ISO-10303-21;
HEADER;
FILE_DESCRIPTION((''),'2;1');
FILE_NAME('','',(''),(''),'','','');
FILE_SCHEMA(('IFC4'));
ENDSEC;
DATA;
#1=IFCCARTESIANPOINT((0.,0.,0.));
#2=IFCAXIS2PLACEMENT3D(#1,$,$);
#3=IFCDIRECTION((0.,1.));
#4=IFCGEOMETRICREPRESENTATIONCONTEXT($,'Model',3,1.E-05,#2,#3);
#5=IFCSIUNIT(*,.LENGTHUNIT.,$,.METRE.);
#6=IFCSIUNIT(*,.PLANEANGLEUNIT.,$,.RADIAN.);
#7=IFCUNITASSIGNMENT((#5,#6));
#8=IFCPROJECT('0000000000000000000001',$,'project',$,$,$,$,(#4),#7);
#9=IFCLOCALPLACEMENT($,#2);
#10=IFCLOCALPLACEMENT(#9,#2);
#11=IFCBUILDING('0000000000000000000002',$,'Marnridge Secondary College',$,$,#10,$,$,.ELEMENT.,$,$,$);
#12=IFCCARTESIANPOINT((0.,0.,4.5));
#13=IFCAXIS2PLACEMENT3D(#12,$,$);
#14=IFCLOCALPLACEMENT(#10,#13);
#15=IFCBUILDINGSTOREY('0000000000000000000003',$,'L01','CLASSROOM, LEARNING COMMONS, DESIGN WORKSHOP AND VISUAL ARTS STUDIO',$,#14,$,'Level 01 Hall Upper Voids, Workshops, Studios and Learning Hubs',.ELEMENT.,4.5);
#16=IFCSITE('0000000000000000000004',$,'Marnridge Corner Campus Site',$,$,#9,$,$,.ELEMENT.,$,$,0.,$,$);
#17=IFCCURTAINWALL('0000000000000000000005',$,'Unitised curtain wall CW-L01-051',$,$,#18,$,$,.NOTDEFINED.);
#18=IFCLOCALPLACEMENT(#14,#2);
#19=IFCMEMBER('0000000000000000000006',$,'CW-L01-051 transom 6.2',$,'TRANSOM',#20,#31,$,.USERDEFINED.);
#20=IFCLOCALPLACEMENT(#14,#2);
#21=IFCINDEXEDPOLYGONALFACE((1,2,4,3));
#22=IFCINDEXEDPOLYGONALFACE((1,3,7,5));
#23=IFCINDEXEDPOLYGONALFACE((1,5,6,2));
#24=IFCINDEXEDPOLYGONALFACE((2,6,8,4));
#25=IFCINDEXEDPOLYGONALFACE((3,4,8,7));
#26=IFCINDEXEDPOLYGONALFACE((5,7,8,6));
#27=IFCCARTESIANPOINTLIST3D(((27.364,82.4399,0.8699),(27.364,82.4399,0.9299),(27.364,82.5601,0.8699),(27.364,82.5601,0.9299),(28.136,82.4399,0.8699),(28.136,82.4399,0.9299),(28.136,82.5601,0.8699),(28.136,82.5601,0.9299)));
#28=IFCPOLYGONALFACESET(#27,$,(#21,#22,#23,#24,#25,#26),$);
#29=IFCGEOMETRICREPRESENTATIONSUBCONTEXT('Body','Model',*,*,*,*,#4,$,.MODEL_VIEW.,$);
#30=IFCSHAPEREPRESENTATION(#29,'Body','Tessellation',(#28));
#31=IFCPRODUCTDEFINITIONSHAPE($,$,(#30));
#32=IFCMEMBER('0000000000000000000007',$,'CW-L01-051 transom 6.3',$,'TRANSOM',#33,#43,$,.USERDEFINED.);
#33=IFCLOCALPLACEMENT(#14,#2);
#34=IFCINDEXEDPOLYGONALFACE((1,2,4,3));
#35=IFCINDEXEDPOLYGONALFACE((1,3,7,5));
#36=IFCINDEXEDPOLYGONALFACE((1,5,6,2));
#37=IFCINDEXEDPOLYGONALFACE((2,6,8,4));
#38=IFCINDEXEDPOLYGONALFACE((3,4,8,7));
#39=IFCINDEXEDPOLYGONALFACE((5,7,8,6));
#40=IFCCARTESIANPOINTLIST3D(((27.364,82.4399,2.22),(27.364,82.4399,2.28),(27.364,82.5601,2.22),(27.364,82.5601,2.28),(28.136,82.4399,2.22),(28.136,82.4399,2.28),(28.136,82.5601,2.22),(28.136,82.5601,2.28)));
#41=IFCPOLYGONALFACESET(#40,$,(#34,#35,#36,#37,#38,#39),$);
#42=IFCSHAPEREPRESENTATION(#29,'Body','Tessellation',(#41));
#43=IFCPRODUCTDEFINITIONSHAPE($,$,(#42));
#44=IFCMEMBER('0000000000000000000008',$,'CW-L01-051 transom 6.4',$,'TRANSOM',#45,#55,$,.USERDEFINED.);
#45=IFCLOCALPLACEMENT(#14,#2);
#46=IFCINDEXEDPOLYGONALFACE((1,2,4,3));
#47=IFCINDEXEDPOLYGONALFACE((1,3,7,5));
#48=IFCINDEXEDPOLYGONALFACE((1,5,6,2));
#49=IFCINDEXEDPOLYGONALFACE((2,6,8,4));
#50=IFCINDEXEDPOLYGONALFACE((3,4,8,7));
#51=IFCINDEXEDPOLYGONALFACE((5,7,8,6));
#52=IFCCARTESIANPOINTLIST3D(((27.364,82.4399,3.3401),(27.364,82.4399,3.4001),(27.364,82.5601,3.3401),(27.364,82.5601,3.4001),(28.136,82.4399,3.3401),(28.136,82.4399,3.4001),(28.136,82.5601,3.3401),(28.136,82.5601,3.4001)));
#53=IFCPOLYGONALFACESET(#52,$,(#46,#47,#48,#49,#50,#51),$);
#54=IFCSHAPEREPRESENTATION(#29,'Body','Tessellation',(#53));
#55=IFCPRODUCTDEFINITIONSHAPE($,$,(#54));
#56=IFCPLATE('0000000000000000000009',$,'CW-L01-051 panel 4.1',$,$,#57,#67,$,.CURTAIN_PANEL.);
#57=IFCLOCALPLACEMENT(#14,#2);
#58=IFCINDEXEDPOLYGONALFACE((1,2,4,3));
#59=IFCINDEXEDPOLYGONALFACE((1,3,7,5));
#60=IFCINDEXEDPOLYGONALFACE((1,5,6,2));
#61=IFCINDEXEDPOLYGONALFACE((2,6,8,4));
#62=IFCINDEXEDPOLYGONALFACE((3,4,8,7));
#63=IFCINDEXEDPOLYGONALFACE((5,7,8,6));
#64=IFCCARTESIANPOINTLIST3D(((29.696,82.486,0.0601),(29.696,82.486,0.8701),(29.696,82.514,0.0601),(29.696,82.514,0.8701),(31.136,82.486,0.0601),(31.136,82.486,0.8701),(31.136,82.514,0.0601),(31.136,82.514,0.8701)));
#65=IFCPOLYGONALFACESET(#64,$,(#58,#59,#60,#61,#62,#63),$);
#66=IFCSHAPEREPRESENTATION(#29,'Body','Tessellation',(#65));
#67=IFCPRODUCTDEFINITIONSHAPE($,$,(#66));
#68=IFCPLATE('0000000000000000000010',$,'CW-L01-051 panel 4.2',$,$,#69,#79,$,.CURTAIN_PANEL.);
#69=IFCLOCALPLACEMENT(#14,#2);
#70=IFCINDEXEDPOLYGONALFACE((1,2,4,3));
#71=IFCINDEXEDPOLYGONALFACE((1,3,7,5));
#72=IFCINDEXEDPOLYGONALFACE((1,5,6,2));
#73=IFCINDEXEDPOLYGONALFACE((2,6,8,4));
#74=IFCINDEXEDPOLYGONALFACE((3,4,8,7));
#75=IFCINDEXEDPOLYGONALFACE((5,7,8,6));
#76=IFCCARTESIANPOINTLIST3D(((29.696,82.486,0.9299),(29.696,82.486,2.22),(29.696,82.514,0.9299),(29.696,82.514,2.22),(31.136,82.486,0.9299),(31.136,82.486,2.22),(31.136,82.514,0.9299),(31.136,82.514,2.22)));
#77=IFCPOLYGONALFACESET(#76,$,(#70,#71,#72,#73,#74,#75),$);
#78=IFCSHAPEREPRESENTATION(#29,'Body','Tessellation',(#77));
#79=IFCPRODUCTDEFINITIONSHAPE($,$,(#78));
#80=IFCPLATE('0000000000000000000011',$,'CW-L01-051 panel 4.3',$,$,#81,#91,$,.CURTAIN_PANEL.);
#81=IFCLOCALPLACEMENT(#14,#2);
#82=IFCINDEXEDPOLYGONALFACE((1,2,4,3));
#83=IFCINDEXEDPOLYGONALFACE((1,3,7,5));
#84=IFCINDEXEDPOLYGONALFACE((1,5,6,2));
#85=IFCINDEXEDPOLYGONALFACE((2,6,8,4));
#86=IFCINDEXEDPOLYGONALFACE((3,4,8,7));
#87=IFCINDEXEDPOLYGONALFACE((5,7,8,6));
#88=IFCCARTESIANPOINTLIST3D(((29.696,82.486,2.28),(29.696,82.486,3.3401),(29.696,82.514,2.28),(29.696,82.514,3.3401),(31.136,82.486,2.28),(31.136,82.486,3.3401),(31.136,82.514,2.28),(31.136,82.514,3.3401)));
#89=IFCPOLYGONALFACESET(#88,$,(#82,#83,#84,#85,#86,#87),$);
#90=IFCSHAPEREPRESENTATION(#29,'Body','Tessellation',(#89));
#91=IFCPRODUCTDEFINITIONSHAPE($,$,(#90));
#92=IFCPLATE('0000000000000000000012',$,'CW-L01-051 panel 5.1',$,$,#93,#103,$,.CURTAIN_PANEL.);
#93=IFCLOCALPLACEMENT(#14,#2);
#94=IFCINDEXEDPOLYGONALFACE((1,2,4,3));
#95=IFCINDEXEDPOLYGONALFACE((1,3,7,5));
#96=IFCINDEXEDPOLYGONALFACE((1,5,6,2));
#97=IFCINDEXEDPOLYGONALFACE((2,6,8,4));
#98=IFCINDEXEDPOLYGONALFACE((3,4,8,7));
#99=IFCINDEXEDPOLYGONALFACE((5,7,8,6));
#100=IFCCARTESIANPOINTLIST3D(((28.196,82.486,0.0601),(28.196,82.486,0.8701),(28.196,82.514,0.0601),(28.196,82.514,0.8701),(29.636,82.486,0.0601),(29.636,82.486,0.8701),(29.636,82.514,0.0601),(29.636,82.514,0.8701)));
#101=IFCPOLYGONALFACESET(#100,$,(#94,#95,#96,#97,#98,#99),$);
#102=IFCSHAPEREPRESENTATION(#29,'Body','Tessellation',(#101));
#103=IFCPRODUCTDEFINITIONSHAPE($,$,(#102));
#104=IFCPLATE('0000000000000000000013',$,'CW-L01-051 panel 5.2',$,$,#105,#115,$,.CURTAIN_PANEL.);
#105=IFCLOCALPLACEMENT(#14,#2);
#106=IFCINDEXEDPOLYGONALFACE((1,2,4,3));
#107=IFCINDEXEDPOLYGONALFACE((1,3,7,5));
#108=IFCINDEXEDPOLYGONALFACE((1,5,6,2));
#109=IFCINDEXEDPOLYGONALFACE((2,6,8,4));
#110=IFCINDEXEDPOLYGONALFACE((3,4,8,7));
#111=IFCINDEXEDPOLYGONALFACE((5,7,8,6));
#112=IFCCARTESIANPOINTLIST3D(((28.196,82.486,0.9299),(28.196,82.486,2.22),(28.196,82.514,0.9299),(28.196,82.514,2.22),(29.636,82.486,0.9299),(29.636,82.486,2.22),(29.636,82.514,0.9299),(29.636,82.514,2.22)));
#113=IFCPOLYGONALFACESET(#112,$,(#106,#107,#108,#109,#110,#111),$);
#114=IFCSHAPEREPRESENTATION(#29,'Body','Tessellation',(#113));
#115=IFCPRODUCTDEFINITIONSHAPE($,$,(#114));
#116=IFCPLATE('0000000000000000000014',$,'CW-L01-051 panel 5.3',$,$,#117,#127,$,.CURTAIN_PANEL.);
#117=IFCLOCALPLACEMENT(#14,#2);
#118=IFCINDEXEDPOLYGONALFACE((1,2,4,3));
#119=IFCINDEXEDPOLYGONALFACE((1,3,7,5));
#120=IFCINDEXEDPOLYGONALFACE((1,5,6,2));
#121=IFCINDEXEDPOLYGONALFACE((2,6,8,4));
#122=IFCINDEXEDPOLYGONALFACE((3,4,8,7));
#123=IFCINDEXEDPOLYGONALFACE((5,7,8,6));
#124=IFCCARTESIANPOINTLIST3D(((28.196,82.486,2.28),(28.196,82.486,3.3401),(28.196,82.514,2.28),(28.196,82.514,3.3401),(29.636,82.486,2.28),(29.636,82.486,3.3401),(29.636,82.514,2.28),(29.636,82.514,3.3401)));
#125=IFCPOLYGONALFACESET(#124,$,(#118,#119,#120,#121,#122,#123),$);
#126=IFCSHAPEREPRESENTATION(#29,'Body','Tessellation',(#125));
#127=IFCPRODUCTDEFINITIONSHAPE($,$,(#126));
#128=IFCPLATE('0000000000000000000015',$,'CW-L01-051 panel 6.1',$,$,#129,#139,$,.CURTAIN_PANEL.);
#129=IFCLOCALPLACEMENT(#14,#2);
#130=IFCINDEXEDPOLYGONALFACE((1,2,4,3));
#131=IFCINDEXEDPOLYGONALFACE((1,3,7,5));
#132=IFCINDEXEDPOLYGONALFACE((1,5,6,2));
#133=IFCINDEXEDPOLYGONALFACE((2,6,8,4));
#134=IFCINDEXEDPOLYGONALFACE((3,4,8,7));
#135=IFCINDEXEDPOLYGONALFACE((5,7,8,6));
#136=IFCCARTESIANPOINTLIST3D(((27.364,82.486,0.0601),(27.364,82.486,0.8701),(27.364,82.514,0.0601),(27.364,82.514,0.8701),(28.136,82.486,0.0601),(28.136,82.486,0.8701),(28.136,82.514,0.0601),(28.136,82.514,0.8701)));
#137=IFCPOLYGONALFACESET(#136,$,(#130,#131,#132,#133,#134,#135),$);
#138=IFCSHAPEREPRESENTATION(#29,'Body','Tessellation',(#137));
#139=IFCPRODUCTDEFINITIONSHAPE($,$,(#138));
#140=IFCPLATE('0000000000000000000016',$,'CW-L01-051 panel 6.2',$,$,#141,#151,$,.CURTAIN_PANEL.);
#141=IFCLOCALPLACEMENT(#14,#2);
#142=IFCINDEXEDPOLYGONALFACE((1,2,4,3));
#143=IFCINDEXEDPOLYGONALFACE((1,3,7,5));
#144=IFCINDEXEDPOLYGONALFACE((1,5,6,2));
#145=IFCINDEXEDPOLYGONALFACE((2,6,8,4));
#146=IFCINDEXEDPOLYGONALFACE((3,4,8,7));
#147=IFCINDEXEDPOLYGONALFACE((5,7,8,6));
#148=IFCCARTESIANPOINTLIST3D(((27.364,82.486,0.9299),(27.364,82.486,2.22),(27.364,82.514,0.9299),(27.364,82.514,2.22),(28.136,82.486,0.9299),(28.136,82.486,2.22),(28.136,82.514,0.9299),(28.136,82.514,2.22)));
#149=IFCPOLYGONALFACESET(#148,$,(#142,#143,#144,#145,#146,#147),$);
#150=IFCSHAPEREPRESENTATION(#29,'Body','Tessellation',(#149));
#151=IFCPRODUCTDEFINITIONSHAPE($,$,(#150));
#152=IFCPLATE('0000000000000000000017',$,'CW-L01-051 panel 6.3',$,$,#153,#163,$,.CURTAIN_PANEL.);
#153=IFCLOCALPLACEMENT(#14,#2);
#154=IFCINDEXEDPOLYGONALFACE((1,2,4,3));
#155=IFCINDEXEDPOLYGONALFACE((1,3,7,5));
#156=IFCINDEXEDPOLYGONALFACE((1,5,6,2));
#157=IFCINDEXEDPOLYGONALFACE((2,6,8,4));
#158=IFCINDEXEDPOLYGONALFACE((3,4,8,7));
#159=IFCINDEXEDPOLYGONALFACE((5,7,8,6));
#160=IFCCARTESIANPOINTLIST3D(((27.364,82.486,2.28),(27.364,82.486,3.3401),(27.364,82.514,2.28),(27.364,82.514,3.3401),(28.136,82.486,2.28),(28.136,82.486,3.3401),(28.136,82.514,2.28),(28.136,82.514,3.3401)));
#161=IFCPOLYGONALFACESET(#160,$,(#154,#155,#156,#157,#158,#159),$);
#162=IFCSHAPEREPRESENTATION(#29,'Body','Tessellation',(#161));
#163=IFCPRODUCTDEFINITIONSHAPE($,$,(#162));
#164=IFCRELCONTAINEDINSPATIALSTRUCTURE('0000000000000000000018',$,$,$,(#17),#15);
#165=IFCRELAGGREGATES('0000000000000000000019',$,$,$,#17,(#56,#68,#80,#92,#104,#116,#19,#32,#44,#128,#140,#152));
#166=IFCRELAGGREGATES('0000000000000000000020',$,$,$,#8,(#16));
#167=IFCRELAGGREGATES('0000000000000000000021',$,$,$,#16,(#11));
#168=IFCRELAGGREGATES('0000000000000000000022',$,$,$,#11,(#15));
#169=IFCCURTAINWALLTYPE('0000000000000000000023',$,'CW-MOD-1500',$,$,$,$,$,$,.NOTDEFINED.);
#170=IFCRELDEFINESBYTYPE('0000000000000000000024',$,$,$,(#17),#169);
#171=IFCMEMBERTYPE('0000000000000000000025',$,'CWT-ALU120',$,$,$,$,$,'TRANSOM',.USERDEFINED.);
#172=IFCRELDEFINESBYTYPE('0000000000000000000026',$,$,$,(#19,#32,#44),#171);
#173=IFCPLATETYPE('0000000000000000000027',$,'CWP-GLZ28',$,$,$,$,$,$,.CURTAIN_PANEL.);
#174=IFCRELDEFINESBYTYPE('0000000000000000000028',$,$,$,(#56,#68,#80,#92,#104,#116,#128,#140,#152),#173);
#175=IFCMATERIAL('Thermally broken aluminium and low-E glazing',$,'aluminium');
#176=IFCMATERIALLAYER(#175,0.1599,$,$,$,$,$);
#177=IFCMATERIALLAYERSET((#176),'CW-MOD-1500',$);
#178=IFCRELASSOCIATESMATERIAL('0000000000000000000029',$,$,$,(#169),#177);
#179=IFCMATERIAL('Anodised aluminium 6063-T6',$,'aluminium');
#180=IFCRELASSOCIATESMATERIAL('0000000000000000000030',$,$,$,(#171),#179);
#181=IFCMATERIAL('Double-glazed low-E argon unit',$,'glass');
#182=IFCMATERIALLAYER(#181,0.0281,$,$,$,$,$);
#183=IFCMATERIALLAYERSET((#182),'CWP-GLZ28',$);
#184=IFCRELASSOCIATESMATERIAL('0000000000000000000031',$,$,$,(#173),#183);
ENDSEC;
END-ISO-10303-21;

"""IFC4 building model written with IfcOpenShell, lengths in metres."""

from ifc_helpers import new_model, si_unit, direction, frame, origin, origin_2d, place, context, subcontext, project, spatial, rectangle, extrude, material, layer, layer_set, material_profile, profile_set, type_object, element, aggregate, save


model = new_model("IFC4")

# Units and contexts
model_context = context("Model", 3, precision=1e-05, world=origin(), true_north=direction((0.0, 1.0)))
body_context = subcontext(model_context, "Body", "Model", "MODEL_VIEW")
ifc_project = project(units=[si_unit("LENGTHUNIT", "METRE"), si_unit("PLANEANGLEUNIT", "RADIAN")], contexts=[model_context])

# Site, building, storey
site_placement = place(None, origin())
site = spatial("IfcSite", under=ifc_project, at=site_placement, Name="Marnridge Corner Campus Site", CompositionType="ELEMENT", RefElevation=0.0)
building_placement = place(site_placement, origin())
building = spatial("IfcBuilding", under=site, at=building_placement, Name="Marnridge Secondary College", CompositionType="ELEMENT")
storey_placement = place(building_placement, frame((0.0, 0.0, 4.5)))
storey = spatial("IfcBuildingStorey", under=building, at=storey_placement, Name="L01", Description="CLASSROOM, LEARNING COMMONS, DESIGN WORKSHOP AND VISUAL ARTS STUDIO", LongName="Level 01 Hall Upper Voids, Workshops, Studios and Learning Hubs", CompositionType="ELEMENT", Elevation=4.5)

# Curtain wall, members, plates
ifc_material_1 = material(Name="Thermally broken aluminium and low-E glazing", Category="aluminium")
ifc_layer_1 = layer(ifc_material_1, 0.1599)
ifc_layer_set_1 = layer_set([ifc_layer_1], Name="CW-MOD-1500")
curtain_wall_type = type_object("IfcCurtainWallType", Name="CW-MOD-1500", PredefinedType="NOTDEFINED", material=ifc_layer_set_1)
curtain_wall_placement = place(storey_placement, origin())
curtain_wall = element("IfcCurtainWall", 1, at=curtain_wall_placement, inside=storey, type_object=curtain_wall_type, Name="Unitised curtain wall CW-L01-051", PredefinedType="NOTDEFINED")
ifc_material_2 = material(Name="Anodised aluminium 6063-T6", Category="aluminium")
ifc_material_profile_1 = material_profile(ifc_material_2, rectangle(XDim=0.0601, YDim=0.1201, at=origin_2d()), Name="ALU 60x120")
ifc_profile_set_1 = profile_set([ifc_material_profile_1], Name="Anodised aluminium 6063-T6")
member_type_1 = type_object("IfcMemberType", Name="CWT-ALU120", ElementType="TRANSOM", PredefinedType="USERDEFINED", material=ifc_profile_set_1)
member_1_placement = place(storey_placement, frame((28.136, 82.5, 0.8999), z_axis=(-1.0, 0.0, 0.0), x_axis=(0.0, 0.0, 1.0)))
member_1 = element("IfcMember", 2, at=member_1_placement, type_object=member_type_1, Name="CW-L01-051 transom 6.2", ObjectType="TRANSOM", PredefinedType="USERDEFINED", context=body_context, shape_type="SweptSolid", body=[
    extrude(rectangle(XDim=0.0601, YDim=0.1201, at=origin_2d()), origin(), (0.0, 0.0, 1.0), 0.772),
])
member_2_placement = place(storey_placement, frame((28.136, 82.5, 2.25), z_axis=(-1.0, 0.0, 0.0), x_axis=(0.0, 0.0, 1.0)))
member_2 = element("IfcMember", 3, at=member_2_placement, type_object=member_type_1, Name="CW-L01-051 transom 6.3", ObjectType="TRANSOM", PredefinedType="USERDEFINED", context=body_context, shape_type="SweptSolid", body=[
    extrude(rectangle(XDim=0.0601, YDim=0.1201, at=origin_2d()), origin(), (0.0, 0.0, 1.0), 0.772),
])
member_3_placement = place(storey_placement, frame((28.136, 82.5, 3.3701), z_axis=(-1.0, 0.0, 0.0), x_axis=(0.0, 0.0, 1.0)))
member_3 = element("IfcMember", 4, at=member_3_placement, type_object=member_type_1, Name="CW-L01-051 transom 6.4", ObjectType="TRANSOM", PredefinedType="USERDEFINED", context=body_context, shape_type="SweptSolid", body=[
    extrude(rectangle(XDim=0.0601, YDim=0.1201, at=origin_2d()), origin(), (0.0, 0.0, 1.0), 0.772),
])
ifc_material_3 = material(Name="Double-glazed low-E argon unit", Category="glass")
ifc_layer_2 = layer(ifc_material_3, 0.0281)
ifc_layer_set_2 = layer_set([ifc_layer_2], Name="CWP-GLZ28")
plate_type = type_object("IfcPlateType", Name="CWP-GLZ28", PredefinedType="CURTAIN_PANEL", material=ifc_layer_set_2)
plate_1_placement = place(storey_placement, frame((30.416, 82.5, 0.0601), z_axis=(0.0, 0.0, 1.0), x_axis=(-1.0, 0.0, 0.0)))
plate_1 = element("IfcPlate", 5, at=plate_1_placement, type_object=plate_type, Name="CW-L01-051 panel 4.1", PredefinedType="CURTAIN_PANEL", context=body_context, shape_type="SweptSolid", body=[
    extrude(rectangle(XDim=1.4399, YDim=0.0281, at=origin_2d()), origin(), (0.0, 0.0, 1.0), 0.8101),
])
plate_2_placement = place(storey_placement, frame((30.416, 82.5, 0.9299), z_axis=(0.0, 0.0, 1.0), x_axis=(-1.0, 0.0, 0.0)))
plate_2 = element("IfcPlate", 6, at=plate_2_placement, type_object=plate_type, Name="CW-L01-051 panel 4.2", PredefinedType="CURTAIN_PANEL", context=body_context, shape_type="SweptSolid", body=[
    extrude(rectangle(XDim=1.4399, YDim=0.0281, at=origin_2d()), origin(), (0.0, 0.0, 1.0), 1.29),
])
plate_3_placement = place(storey_placement, frame((30.416, 82.5, 2.28), z_axis=(0.0, 0.0, 1.0), x_axis=(-1.0, 0.0, 0.0)))
plate_3 = element("IfcPlate", 7, at=plate_3_placement, type_object=plate_type, Name="CW-L01-051 panel 4.3", PredefinedType="CURTAIN_PANEL", context=body_context, shape_type="SweptSolid", body=[
    extrude(rectangle(XDim=1.4399, YDim=0.0281, at=origin_2d()), origin(), (0.0, 0.0, 1.0), 1.0601),
])
plate_4_placement = place(storey_placement, frame((28.916, 82.5, 0.0601), z_axis=(0.0, 0.0, 1.0), x_axis=(-1.0, 0.0, 0.0)))
plate_4 = element("IfcPlate", 8, at=plate_4_placement, type_object=plate_type, Name="CW-L01-051 panel 5.1", PredefinedType="CURTAIN_PANEL", context=body_context, shape_type="SweptSolid", body=[
    extrude(rectangle(XDim=1.4399, YDim=0.0281, at=origin_2d()), origin(), (0.0, 0.0, 1.0), 0.8101),
])
plate_5_placement = place(storey_placement, frame((28.916, 82.5, 0.9299), z_axis=(0.0, 0.0, 1.0), x_axis=(-1.0, 0.0, 0.0)))
plate_5 = element("IfcPlate", 9, at=plate_5_placement, type_object=plate_type, Name="CW-L01-051 panel 5.2", PredefinedType="CURTAIN_PANEL", context=body_context, shape_type="SweptSolid", body=[
    extrude(rectangle(XDim=1.4399, YDim=0.0281, at=origin_2d()), origin(), (0.0, 0.0, 1.0), 1.29),
])
plate_6_placement = place(storey_placement, frame((28.916, 82.5, 2.28), z_axis=(0.0, 0.0, 1.0), x_axis=(-1.0, 0.0, 0.0)))
plate_6 = element("IfcPlate", 10, at=plate_6_placement, type_object=plate_type, Name="CW-L01-051 panel 5.3", PredefinedType="CURTAIN_PANEL", context=body_context, shape_type="SweptSolid", body=[
    extrude(rectangle(XDim=1.4399, YDim=0.0281, at=origin_2d()), origin(), (0.0, 0.0, 1.0), 1.0601),
])
plate_7_placement = place(storey_placement, frame((27.75, 82.5, 0.0601), z_axis=(0.0, 0.0, 1.0), x_axis=(-1.0, 0.0, 0.0)))
plate_7 = element("IfcPlate", 11, at=plate_7_placement, type_object=plate_type, Name="CW-L01-051 panel 6.1", PredefinedType="CURTAIN_PANEL", context=body_context, shape_type="SweptSolid", body=[
    extrude(rectangle(XDim=0.772, YDim=0.0281, at=origin_2d()), origin(), (0.0, 0.0, 1.0), 0.8101),
])
plate_8_placement = place(storey_placement, frame((27.75, 82.5, 0.9299), z_axis=(0.0, 0.0, 1.0), x_axis=(-1.0, 0.0, 0.0)))
plate_8 = element("IfcPlate", 12, at=plate_8_placement, type_object=plate_type, Name="CW-L01-051 panel 6.2", PredefinedType="CURTAIN_PANEL", context=body_context, shape_type="SweptSolid", body=[
    extrude(rectangle(XDim=0.772, YDim=0.0281, at=origin_2d()), origin(), (0.0, 0.0, 1.0), 1.29),
])
plate_9_placement = place(storey_placement, frame((27.75, 82.5, 2.28), z_axis=(0.0, 0.0, 1.0), x_axis=(-1.0, 0.0, 0.0)))
plate_9 = element("IfcPlate", 13, at=plate_9_placement, type_object=plate_type, Name="CW-L01-051 panel 6.3", PredefinedType="CURTAIN_PANEL", context=body_context, shape_type="SweptSolid", body=[
    extrude(rectangle(XDim=0.772, YDim=0.0281, at=origin_2d()), origin(), (0.0, 0.0, 1.0), 1.0601),
])
aggregate(curtain_wall, [plate_1, plate_2, plate_3, plate_4, plate_5, plate_6, member_1, member_2, member_3, plate_7, plate_8, plate_9])

save(model, "model.ifc")
